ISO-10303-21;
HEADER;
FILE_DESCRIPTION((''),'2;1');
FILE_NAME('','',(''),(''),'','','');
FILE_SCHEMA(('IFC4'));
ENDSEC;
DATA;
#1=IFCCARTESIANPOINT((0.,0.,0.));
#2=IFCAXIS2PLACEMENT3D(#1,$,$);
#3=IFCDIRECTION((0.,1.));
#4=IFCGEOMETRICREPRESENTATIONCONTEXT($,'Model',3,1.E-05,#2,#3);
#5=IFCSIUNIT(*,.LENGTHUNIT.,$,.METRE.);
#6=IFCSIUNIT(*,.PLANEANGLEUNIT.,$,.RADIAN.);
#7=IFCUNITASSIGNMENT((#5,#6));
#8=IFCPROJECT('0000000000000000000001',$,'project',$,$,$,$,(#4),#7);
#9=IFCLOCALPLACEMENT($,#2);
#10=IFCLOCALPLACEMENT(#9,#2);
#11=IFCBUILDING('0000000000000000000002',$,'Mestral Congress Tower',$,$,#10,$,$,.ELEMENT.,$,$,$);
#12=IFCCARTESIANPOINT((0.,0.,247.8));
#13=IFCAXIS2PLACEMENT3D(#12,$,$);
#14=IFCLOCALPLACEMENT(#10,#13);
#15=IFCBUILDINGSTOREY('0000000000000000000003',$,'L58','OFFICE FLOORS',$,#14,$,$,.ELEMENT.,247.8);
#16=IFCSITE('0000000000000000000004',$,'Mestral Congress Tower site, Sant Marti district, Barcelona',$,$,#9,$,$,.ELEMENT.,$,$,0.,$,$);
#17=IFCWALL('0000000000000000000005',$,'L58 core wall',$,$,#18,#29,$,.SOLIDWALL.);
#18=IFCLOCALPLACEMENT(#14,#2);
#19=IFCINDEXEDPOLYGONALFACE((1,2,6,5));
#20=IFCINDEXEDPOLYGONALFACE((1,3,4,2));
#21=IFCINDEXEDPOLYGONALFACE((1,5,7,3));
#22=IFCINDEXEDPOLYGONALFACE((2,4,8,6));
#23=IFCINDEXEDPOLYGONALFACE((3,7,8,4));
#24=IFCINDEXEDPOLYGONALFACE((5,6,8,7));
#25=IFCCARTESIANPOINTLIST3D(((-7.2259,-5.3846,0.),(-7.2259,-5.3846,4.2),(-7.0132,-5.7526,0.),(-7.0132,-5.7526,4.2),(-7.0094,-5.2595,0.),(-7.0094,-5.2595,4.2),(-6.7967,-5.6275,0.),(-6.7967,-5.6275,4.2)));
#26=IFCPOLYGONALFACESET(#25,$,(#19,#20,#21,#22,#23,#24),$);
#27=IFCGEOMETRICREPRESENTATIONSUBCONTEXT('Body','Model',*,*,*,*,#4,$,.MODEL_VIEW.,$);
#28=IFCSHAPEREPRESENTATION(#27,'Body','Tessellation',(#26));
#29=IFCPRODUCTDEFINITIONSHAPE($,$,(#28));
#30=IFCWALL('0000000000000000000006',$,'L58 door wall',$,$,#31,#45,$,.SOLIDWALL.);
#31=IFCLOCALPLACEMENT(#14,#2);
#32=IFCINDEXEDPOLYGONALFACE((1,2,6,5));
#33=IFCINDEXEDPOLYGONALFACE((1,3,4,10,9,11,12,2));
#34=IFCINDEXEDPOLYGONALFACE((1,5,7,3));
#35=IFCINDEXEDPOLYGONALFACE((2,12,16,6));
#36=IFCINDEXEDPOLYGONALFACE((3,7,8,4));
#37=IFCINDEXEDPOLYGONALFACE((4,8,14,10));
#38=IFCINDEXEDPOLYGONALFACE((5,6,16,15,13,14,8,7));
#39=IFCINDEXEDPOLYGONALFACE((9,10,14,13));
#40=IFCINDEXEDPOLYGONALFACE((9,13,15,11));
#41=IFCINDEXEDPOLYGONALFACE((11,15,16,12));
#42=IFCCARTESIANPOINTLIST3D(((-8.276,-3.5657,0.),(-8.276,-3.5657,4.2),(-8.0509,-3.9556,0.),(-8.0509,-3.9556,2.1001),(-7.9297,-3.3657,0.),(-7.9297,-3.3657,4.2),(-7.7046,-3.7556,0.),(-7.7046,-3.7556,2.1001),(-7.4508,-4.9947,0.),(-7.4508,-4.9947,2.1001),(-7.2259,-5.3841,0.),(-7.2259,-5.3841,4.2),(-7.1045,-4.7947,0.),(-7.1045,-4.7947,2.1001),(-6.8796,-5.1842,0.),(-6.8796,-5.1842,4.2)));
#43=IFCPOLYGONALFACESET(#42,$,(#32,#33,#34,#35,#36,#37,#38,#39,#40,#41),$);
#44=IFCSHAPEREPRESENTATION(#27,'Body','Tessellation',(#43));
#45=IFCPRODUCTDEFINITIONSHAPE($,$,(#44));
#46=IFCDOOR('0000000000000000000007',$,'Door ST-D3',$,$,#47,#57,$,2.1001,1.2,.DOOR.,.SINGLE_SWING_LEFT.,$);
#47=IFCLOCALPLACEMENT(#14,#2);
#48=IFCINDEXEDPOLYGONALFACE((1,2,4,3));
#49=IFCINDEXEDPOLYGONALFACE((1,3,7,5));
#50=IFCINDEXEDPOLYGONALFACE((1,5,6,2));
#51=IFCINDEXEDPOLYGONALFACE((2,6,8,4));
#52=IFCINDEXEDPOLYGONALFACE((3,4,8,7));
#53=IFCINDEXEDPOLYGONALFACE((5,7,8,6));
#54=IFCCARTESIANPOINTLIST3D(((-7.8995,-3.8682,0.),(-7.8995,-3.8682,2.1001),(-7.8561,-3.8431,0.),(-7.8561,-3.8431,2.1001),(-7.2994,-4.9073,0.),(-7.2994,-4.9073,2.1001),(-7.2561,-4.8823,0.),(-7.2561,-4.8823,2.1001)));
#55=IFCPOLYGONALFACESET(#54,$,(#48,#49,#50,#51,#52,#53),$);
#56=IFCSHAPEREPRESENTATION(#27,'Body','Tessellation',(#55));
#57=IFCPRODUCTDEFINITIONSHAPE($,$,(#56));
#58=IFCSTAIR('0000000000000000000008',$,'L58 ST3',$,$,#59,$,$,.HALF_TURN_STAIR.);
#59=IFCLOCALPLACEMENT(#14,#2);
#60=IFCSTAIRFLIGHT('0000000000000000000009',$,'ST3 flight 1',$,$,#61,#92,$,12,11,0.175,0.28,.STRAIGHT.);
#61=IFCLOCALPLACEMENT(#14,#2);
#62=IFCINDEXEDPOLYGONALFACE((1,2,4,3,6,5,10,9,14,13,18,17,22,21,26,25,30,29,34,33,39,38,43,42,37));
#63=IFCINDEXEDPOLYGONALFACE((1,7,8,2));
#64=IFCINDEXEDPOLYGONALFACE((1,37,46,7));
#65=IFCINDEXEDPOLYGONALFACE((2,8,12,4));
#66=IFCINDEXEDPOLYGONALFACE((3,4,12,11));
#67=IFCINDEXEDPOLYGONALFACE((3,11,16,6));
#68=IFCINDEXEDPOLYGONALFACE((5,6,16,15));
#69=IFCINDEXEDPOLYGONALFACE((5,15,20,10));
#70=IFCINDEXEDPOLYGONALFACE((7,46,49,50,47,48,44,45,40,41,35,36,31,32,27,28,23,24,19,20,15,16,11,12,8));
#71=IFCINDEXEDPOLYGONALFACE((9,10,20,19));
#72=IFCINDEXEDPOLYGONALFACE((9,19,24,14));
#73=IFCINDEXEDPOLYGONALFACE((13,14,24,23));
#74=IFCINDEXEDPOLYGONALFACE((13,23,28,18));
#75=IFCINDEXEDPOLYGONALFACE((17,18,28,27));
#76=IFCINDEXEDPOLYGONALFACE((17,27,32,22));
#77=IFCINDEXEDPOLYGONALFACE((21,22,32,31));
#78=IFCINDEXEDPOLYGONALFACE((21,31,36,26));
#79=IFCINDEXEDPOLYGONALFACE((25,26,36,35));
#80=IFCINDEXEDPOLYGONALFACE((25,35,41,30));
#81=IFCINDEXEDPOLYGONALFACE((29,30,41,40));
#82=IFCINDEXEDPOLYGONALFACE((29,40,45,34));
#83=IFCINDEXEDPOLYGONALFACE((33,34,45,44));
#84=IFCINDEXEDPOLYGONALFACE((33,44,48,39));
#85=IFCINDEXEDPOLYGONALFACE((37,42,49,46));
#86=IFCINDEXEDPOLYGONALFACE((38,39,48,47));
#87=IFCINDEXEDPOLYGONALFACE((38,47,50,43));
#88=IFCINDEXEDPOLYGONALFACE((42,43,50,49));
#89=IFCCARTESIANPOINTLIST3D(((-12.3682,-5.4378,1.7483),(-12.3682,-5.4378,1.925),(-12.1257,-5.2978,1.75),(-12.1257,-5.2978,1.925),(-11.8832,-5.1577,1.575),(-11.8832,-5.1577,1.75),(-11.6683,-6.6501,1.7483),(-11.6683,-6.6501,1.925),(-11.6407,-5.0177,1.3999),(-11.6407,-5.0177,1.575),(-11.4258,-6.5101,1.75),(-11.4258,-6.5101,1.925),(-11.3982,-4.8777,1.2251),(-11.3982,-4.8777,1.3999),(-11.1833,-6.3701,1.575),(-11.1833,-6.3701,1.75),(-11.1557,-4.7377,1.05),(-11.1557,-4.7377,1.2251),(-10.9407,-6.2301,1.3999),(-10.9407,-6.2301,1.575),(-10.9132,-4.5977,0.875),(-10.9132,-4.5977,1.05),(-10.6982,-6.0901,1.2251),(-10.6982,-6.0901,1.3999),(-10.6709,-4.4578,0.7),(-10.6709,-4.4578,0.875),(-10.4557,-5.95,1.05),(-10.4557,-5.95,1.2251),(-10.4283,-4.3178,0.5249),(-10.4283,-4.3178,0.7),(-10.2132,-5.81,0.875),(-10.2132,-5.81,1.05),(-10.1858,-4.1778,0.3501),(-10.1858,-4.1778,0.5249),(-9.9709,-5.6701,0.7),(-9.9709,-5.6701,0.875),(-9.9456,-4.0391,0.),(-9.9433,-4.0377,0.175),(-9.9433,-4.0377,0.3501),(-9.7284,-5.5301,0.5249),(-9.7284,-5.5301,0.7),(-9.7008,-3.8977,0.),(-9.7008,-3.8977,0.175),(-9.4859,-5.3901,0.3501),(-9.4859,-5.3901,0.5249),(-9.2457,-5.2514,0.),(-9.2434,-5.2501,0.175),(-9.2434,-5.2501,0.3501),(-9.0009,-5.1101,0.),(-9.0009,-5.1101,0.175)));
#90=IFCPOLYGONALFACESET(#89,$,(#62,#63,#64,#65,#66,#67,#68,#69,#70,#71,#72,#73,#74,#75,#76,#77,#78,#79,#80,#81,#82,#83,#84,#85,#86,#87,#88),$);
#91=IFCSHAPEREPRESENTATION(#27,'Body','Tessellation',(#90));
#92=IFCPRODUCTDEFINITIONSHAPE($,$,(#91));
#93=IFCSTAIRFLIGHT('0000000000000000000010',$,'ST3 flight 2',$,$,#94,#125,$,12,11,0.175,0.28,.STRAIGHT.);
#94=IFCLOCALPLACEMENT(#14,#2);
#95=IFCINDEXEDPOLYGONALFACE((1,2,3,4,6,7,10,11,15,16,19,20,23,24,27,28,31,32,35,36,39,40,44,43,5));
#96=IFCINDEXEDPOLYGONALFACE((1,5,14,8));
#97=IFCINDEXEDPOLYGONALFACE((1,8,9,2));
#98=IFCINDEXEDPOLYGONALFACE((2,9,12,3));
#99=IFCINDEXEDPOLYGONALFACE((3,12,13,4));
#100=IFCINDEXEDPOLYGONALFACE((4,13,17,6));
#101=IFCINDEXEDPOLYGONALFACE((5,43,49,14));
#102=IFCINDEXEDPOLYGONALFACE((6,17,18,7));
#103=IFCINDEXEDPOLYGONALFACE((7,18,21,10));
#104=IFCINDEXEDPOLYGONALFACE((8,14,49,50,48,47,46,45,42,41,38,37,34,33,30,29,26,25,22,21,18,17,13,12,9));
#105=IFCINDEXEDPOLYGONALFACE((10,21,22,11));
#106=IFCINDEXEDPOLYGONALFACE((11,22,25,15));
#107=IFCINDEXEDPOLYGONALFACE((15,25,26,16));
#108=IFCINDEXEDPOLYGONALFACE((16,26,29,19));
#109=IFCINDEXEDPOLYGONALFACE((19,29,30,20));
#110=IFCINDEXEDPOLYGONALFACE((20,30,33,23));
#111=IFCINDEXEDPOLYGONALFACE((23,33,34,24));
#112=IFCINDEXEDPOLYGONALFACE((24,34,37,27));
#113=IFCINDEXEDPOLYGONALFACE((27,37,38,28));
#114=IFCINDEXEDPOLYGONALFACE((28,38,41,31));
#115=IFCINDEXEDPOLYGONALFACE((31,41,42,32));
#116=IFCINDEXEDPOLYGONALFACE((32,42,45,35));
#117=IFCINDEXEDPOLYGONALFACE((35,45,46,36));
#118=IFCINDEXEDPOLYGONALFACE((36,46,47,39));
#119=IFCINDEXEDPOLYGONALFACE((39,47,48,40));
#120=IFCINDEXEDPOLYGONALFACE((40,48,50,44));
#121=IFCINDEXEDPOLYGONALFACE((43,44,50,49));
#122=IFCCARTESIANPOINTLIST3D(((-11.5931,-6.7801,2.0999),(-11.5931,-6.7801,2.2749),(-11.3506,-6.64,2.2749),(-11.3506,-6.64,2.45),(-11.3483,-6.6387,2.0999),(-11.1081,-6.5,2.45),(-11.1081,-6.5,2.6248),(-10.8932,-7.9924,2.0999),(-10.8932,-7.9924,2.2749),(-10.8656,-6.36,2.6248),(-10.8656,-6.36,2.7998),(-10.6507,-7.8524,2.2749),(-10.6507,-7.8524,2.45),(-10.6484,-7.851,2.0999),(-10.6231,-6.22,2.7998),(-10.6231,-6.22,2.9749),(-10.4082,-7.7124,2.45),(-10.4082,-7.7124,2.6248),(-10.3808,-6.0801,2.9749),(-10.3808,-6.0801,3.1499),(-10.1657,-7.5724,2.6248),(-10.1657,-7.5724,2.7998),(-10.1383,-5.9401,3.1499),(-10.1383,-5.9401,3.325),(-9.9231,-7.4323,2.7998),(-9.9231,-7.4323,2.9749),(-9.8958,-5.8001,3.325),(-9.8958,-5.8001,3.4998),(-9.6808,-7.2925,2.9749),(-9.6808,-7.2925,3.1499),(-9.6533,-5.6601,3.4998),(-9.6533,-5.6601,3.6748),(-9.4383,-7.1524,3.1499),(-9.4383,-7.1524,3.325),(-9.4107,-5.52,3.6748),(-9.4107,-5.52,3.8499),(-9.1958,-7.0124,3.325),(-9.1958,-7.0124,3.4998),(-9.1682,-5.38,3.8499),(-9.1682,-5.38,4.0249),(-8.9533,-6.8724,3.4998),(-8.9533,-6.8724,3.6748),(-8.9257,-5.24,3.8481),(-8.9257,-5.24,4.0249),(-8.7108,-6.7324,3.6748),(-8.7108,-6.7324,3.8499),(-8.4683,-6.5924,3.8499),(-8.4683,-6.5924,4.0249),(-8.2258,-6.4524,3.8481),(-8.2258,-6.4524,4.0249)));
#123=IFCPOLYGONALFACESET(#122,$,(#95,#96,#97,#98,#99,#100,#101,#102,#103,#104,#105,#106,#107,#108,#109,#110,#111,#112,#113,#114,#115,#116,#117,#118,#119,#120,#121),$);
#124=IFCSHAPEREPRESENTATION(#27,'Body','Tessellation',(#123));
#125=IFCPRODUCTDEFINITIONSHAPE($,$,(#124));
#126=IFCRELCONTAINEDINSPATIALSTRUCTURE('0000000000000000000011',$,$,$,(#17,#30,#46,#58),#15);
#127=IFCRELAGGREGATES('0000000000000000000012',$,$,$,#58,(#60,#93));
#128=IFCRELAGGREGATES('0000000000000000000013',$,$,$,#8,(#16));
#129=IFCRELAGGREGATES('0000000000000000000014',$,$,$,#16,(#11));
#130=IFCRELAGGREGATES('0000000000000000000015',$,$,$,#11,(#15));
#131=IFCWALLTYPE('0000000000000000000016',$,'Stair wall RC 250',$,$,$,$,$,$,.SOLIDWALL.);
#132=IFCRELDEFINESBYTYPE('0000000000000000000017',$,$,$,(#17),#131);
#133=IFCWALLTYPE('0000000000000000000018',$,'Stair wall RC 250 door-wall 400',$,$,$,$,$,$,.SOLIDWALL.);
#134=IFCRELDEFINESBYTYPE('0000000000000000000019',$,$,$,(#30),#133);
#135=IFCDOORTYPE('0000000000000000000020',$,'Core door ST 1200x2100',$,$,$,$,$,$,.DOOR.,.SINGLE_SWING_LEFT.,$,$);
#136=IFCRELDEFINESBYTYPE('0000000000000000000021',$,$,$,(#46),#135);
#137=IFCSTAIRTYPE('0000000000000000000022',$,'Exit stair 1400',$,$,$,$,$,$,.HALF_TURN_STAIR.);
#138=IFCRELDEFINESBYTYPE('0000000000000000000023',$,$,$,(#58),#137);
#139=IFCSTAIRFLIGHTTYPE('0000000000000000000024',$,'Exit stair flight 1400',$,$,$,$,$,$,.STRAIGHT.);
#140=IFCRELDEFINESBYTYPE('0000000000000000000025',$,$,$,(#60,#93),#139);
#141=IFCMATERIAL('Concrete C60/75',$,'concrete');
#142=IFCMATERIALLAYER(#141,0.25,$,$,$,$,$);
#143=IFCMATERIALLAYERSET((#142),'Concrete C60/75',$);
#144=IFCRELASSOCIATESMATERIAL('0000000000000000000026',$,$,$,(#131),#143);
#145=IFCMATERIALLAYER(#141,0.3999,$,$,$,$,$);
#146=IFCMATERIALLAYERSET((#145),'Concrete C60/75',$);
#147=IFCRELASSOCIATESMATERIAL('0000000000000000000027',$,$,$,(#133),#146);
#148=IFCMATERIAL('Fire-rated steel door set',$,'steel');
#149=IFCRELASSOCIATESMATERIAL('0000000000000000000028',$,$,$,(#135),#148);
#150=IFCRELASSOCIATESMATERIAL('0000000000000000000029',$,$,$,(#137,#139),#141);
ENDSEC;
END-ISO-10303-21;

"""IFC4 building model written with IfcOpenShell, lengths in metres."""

from ifc_helpers import new_model, si_unit, direction, frame, frame_2d, origin, place, context, subcontext, project, spatial, polyline, rectangle, outline, extrude, material, layer, layer_set, type_object, element, fill, aggregate, save


model = new_model("IFC4")

# Units and contexts
model_context = context("Model", 3, precision=1e-05, world=origin(), true_north=direction((0.0, 1.0)))
body_context = subcontext(model_context, "Body", "Model", "MODEL_VIEW")
ifc_project = project(units=[si_unit("LENGTHUNIT", "METRE"), si_unit("PLANEANGLEUNIT", "RADIAN")], contexts=[model_context])

# Site, building, storey
site_placement = place(None, origin())
site = spatial("IfcSite", under=ifc_project, at=site_placement, Name="Mestral Congress Tower site, Sant Marti district, Barcelona", CompositionType="ELEMENT", RefElevation=0.0)
building_placement = place(site_placement, origin())
building = spatial("IfcBuilding", under=site, at=building_placement, Name="Mestral Congress Tower", CompositionType="ELEMENT")
storey_placement = place(building_placement, frame((0.0, 0.0, 247.8)))
storey = spatial("IfcBuildingStorey", under=building, at=storey_placement, Name="L58", Description="OFFICE FLOORS", CompositionType="ELEMENT", Elevation=247.8)

# Shared definitions
ifc_material_1 = material(Name="Fire-rated steel door set", Category="steel")

# Shared definitions
ifc_material_2 = material(Name="Concrete C60/75", Category="concrete")

# Wall
ifc_layer_1 = layer(ifc_material_2, 0.25)
ifc_layer_set_1 = layer_set([ifc_layer_1], Name="Concrete C60/75")
wall_type_1 = type_object("IfcWallType", Name="Stair wall RC 250", PredefinedType="SOLIDWALL", material=ifc_layer_set_1)
wall_1_placement = place(storey_placement, frame((-6.905, -5.6899, 0.0), z_axis=(0.0, 0.0, 1.0), x_axis=(-0.500402, 0.865793, 0.0)))
element("IfcWall", 1, at=wall_1_placement, inside=storey, type_object=wall_type_1, Name="L58 core wall", PredefinedType="SOLIDWALL", context=body_context, shape_type="SweptSolid", body=[
    extrude(rectangle(XDim=0.425, YDim=0.25, at=frame_2d((0.2124, 0.0))), origin(), (0.0, 0.0, 1.0), 4.2),
])

# Wall, opening, door
ifc_layer_2 = layer(ifc_material_2, 0.3999)
ifc_layer_set_2 = layer_set([ifc_layer_2], Name="Concrete C60/75")
wall_type_2 = type_object("IfcWallType", Name="Stair wall RC 250 door-wall 400", PredefinedType="SOLIDWALL", material=ifc_layer_set_2)
wall_2_placement = place(storey_placement, frame((-8.1028, -3.4658, 0.0), z_axis=(0.0, 0.0, 1.0), x_axis=(0.500078, -0.86598, 0.0)))
wall_2 = element("IfcWall", 2, at=wall_2_placement, inside=storey, type_object=wall_type_2, Name="L58 door wall", PredefinedType="SOLIDWALL", context=body_context, shape_type="SweptSolid", body=[
    extrude(rectangle(XDim=2.0999, YDim=0.3999, at=frame_2d((1.0498, 0.0))), origin(), (0.0, 0.0, 1.0), 4.2),
])
opening_1_placement = place(wall_2_placement, frame((0.45, 0.0, 0.0)))
opening_1 = element("IfcOpeningElement", 3, at=opening_1_placement, cuts=wall_2, PredefinedType="OPENING", context=body_context, shape_type="SweptSolid", body=[
    extrude(rectangle(XDim=1.2, YDim=2.1001, at=frame_2d((0.6001, 1.05))), frame((0.0, 0.21, 0.0), z_axis=(0.0, -1.0, 0.0), x_axis=(1.0, 0.0, 0.0)), (0.0, 0.0, 1.0), 0.4199),
])
door_type_1 = type_object("IfcDoorType", Name="Core door ST 1200x2100", OperationType="SINGLE_SWING_LEFT", PredefinedType="DOOR", material=ifc_material_1)
door_1_placement = place(opening_1_placement, origin())
door_1 = element("IfcDoor", 4, at=door_1_placement, inside=storey, type_object=door_type_1, Name="Door ST-D3", OperationType="SINGLE_SWING_LEFT", OverallHeight=2.1001, OverallWidth=1.2, PredefinedType="DOOR", context=body_context, shape_type="SweptSolid", body=[
    extrude(rectangle(XDim=1.2, YDim=2.1001, at=frame_2d((0.6001, 1.05))), frame((0.0, 0.0249, 0.0), z_axis=(0.0, -1.0, 0.0), x_axis=(1.0, 0.0, 0.0)), (0.0, 0.0, 1.0), 0.05),
])
fill(opening_1, door_1)

# Stair, stair flights
stair_type = type_object("IfcStairType", Name="Exit stair 1400", PredefinedType="HALF_TURN_STAIR", material=ifc_material_2)
stair_placement = place(storey_placement, origin())
stair = element("IfcStair", 5, at=stair_placement, inside=storey, type_object=stair_type, Name="L58 ST3", PredefinedType="HALF_TURN_STAIR")
stair_flight_type = type_object("IfcStairFlightType", Name="Exit stair flight 1400", PredefinedType="STRAIGHT", material=ifc_material_2)
stair_flight_1_placement = place(storey_placement, frame((-9.3508, -4.5039, 0.0), z_axis=(0.0, 0.0, 1.0), x_axis=(-0.866025, -0.5, 0.0)))
stair_flight_1 = element("IfcStairFlight", 6, at=stair_flight_1_placement, type_object=stair_flight_type, Name="ST3 flight 1", NumberOfRisers=12, NumberOfTreads=11, PredefinedType="STRAIGHT", RiserHeight=0.175, TreadLength=0.28, context=body_context, shape_type="SweptSolid", body=[
    extrude(outline(polyline([(0.0, 0.0), (0.0, 0.175), (0.28, 0.175), (0.28, 0.3501), (0.5601, 0.3501), (0.5601, 0.5249), (0.8401, 0.5249), (0.8401, 0.7), (1.1201, 0.7), (1.1201, 0.875), (1.3999, 0.875), (1.3999, 1.05), (1.6799, 1.05), (1.6799, 1.2251), (1.96, 1.2251), (1.96, 1.3999), (2.24, 1.3999), (2.24, 1.575), (2.52, 1.575), (2.52, 1.75), (2.8, 1.75), (2.8, 1.925), (3.0801, 1.925), (3.0801, 2.1001), (3.0801, 1.7483), (0.2827, 0.0), (0.0, 0.0)])), frame((0.0, 0.7, 0.0), z_axis=(0.0, -1.0, 0.0), x_axis=(1.0, 0.0, 0.0)), (0.0, 0.0, 1.0), 1.3999),
])
stair_flight_2_placement = place(storey_placement, frame((-11.2432, -7.3862, 2.0999), z_axis=(0.0, 0.0, 1.0), x_axis=(0.866025, 0.5, 0.0)))
stair_flight_2 = element("IfcStairFlight", 7, at=stair_flight_2_placement, type_object=stair_flight_type, Name="ST3 flight 2", NumberOfRisers=12, NumberOfTreads=11, PredefinedType="STRAIGHT", RiserHeight=0.175, TreadLength=0.28, context=body_context, shape_type="SweptSolid", body=[
    extrude(outline(polyline([(0.0, 0.0), (0.0, 0.175), (0.28, 0.175), (0.28, 0.3501), (0.5601, 0.3501), (0.5601, 0.5249), (0.8401, 0.5249), (0.8401, 0.7), (1.1201, 0.7), (1.1201, 0.875), (1.3999, 0.875), (1.3999, 1.05), (1.6799, 1.05), (1.6799, 1.2251), (1.96, 1.2251), (1.96, 1.3999), (2.24, 1.3999), (2.24, 1.575), (2.52, 1.575), (2.52, 1.75), (2.8, 1.75), (2.8, 1.925), (3.0801, 1.925), (3.0801, 2.1001), (3.0801, 1.7483), (0.2827, 0.0), (0.0, 0.0)])), frame((0.0, 0.7, 0.0), z_axis=(0.0, -1.0, 0.0), x_axis=(1.0, 0.0, 0.0)), (0.0, 0.0, 1.0), 1.3999),
])
aggregate(stair, [stair_flight_1, stair_flight_2])

save(model, "model.ifc")
